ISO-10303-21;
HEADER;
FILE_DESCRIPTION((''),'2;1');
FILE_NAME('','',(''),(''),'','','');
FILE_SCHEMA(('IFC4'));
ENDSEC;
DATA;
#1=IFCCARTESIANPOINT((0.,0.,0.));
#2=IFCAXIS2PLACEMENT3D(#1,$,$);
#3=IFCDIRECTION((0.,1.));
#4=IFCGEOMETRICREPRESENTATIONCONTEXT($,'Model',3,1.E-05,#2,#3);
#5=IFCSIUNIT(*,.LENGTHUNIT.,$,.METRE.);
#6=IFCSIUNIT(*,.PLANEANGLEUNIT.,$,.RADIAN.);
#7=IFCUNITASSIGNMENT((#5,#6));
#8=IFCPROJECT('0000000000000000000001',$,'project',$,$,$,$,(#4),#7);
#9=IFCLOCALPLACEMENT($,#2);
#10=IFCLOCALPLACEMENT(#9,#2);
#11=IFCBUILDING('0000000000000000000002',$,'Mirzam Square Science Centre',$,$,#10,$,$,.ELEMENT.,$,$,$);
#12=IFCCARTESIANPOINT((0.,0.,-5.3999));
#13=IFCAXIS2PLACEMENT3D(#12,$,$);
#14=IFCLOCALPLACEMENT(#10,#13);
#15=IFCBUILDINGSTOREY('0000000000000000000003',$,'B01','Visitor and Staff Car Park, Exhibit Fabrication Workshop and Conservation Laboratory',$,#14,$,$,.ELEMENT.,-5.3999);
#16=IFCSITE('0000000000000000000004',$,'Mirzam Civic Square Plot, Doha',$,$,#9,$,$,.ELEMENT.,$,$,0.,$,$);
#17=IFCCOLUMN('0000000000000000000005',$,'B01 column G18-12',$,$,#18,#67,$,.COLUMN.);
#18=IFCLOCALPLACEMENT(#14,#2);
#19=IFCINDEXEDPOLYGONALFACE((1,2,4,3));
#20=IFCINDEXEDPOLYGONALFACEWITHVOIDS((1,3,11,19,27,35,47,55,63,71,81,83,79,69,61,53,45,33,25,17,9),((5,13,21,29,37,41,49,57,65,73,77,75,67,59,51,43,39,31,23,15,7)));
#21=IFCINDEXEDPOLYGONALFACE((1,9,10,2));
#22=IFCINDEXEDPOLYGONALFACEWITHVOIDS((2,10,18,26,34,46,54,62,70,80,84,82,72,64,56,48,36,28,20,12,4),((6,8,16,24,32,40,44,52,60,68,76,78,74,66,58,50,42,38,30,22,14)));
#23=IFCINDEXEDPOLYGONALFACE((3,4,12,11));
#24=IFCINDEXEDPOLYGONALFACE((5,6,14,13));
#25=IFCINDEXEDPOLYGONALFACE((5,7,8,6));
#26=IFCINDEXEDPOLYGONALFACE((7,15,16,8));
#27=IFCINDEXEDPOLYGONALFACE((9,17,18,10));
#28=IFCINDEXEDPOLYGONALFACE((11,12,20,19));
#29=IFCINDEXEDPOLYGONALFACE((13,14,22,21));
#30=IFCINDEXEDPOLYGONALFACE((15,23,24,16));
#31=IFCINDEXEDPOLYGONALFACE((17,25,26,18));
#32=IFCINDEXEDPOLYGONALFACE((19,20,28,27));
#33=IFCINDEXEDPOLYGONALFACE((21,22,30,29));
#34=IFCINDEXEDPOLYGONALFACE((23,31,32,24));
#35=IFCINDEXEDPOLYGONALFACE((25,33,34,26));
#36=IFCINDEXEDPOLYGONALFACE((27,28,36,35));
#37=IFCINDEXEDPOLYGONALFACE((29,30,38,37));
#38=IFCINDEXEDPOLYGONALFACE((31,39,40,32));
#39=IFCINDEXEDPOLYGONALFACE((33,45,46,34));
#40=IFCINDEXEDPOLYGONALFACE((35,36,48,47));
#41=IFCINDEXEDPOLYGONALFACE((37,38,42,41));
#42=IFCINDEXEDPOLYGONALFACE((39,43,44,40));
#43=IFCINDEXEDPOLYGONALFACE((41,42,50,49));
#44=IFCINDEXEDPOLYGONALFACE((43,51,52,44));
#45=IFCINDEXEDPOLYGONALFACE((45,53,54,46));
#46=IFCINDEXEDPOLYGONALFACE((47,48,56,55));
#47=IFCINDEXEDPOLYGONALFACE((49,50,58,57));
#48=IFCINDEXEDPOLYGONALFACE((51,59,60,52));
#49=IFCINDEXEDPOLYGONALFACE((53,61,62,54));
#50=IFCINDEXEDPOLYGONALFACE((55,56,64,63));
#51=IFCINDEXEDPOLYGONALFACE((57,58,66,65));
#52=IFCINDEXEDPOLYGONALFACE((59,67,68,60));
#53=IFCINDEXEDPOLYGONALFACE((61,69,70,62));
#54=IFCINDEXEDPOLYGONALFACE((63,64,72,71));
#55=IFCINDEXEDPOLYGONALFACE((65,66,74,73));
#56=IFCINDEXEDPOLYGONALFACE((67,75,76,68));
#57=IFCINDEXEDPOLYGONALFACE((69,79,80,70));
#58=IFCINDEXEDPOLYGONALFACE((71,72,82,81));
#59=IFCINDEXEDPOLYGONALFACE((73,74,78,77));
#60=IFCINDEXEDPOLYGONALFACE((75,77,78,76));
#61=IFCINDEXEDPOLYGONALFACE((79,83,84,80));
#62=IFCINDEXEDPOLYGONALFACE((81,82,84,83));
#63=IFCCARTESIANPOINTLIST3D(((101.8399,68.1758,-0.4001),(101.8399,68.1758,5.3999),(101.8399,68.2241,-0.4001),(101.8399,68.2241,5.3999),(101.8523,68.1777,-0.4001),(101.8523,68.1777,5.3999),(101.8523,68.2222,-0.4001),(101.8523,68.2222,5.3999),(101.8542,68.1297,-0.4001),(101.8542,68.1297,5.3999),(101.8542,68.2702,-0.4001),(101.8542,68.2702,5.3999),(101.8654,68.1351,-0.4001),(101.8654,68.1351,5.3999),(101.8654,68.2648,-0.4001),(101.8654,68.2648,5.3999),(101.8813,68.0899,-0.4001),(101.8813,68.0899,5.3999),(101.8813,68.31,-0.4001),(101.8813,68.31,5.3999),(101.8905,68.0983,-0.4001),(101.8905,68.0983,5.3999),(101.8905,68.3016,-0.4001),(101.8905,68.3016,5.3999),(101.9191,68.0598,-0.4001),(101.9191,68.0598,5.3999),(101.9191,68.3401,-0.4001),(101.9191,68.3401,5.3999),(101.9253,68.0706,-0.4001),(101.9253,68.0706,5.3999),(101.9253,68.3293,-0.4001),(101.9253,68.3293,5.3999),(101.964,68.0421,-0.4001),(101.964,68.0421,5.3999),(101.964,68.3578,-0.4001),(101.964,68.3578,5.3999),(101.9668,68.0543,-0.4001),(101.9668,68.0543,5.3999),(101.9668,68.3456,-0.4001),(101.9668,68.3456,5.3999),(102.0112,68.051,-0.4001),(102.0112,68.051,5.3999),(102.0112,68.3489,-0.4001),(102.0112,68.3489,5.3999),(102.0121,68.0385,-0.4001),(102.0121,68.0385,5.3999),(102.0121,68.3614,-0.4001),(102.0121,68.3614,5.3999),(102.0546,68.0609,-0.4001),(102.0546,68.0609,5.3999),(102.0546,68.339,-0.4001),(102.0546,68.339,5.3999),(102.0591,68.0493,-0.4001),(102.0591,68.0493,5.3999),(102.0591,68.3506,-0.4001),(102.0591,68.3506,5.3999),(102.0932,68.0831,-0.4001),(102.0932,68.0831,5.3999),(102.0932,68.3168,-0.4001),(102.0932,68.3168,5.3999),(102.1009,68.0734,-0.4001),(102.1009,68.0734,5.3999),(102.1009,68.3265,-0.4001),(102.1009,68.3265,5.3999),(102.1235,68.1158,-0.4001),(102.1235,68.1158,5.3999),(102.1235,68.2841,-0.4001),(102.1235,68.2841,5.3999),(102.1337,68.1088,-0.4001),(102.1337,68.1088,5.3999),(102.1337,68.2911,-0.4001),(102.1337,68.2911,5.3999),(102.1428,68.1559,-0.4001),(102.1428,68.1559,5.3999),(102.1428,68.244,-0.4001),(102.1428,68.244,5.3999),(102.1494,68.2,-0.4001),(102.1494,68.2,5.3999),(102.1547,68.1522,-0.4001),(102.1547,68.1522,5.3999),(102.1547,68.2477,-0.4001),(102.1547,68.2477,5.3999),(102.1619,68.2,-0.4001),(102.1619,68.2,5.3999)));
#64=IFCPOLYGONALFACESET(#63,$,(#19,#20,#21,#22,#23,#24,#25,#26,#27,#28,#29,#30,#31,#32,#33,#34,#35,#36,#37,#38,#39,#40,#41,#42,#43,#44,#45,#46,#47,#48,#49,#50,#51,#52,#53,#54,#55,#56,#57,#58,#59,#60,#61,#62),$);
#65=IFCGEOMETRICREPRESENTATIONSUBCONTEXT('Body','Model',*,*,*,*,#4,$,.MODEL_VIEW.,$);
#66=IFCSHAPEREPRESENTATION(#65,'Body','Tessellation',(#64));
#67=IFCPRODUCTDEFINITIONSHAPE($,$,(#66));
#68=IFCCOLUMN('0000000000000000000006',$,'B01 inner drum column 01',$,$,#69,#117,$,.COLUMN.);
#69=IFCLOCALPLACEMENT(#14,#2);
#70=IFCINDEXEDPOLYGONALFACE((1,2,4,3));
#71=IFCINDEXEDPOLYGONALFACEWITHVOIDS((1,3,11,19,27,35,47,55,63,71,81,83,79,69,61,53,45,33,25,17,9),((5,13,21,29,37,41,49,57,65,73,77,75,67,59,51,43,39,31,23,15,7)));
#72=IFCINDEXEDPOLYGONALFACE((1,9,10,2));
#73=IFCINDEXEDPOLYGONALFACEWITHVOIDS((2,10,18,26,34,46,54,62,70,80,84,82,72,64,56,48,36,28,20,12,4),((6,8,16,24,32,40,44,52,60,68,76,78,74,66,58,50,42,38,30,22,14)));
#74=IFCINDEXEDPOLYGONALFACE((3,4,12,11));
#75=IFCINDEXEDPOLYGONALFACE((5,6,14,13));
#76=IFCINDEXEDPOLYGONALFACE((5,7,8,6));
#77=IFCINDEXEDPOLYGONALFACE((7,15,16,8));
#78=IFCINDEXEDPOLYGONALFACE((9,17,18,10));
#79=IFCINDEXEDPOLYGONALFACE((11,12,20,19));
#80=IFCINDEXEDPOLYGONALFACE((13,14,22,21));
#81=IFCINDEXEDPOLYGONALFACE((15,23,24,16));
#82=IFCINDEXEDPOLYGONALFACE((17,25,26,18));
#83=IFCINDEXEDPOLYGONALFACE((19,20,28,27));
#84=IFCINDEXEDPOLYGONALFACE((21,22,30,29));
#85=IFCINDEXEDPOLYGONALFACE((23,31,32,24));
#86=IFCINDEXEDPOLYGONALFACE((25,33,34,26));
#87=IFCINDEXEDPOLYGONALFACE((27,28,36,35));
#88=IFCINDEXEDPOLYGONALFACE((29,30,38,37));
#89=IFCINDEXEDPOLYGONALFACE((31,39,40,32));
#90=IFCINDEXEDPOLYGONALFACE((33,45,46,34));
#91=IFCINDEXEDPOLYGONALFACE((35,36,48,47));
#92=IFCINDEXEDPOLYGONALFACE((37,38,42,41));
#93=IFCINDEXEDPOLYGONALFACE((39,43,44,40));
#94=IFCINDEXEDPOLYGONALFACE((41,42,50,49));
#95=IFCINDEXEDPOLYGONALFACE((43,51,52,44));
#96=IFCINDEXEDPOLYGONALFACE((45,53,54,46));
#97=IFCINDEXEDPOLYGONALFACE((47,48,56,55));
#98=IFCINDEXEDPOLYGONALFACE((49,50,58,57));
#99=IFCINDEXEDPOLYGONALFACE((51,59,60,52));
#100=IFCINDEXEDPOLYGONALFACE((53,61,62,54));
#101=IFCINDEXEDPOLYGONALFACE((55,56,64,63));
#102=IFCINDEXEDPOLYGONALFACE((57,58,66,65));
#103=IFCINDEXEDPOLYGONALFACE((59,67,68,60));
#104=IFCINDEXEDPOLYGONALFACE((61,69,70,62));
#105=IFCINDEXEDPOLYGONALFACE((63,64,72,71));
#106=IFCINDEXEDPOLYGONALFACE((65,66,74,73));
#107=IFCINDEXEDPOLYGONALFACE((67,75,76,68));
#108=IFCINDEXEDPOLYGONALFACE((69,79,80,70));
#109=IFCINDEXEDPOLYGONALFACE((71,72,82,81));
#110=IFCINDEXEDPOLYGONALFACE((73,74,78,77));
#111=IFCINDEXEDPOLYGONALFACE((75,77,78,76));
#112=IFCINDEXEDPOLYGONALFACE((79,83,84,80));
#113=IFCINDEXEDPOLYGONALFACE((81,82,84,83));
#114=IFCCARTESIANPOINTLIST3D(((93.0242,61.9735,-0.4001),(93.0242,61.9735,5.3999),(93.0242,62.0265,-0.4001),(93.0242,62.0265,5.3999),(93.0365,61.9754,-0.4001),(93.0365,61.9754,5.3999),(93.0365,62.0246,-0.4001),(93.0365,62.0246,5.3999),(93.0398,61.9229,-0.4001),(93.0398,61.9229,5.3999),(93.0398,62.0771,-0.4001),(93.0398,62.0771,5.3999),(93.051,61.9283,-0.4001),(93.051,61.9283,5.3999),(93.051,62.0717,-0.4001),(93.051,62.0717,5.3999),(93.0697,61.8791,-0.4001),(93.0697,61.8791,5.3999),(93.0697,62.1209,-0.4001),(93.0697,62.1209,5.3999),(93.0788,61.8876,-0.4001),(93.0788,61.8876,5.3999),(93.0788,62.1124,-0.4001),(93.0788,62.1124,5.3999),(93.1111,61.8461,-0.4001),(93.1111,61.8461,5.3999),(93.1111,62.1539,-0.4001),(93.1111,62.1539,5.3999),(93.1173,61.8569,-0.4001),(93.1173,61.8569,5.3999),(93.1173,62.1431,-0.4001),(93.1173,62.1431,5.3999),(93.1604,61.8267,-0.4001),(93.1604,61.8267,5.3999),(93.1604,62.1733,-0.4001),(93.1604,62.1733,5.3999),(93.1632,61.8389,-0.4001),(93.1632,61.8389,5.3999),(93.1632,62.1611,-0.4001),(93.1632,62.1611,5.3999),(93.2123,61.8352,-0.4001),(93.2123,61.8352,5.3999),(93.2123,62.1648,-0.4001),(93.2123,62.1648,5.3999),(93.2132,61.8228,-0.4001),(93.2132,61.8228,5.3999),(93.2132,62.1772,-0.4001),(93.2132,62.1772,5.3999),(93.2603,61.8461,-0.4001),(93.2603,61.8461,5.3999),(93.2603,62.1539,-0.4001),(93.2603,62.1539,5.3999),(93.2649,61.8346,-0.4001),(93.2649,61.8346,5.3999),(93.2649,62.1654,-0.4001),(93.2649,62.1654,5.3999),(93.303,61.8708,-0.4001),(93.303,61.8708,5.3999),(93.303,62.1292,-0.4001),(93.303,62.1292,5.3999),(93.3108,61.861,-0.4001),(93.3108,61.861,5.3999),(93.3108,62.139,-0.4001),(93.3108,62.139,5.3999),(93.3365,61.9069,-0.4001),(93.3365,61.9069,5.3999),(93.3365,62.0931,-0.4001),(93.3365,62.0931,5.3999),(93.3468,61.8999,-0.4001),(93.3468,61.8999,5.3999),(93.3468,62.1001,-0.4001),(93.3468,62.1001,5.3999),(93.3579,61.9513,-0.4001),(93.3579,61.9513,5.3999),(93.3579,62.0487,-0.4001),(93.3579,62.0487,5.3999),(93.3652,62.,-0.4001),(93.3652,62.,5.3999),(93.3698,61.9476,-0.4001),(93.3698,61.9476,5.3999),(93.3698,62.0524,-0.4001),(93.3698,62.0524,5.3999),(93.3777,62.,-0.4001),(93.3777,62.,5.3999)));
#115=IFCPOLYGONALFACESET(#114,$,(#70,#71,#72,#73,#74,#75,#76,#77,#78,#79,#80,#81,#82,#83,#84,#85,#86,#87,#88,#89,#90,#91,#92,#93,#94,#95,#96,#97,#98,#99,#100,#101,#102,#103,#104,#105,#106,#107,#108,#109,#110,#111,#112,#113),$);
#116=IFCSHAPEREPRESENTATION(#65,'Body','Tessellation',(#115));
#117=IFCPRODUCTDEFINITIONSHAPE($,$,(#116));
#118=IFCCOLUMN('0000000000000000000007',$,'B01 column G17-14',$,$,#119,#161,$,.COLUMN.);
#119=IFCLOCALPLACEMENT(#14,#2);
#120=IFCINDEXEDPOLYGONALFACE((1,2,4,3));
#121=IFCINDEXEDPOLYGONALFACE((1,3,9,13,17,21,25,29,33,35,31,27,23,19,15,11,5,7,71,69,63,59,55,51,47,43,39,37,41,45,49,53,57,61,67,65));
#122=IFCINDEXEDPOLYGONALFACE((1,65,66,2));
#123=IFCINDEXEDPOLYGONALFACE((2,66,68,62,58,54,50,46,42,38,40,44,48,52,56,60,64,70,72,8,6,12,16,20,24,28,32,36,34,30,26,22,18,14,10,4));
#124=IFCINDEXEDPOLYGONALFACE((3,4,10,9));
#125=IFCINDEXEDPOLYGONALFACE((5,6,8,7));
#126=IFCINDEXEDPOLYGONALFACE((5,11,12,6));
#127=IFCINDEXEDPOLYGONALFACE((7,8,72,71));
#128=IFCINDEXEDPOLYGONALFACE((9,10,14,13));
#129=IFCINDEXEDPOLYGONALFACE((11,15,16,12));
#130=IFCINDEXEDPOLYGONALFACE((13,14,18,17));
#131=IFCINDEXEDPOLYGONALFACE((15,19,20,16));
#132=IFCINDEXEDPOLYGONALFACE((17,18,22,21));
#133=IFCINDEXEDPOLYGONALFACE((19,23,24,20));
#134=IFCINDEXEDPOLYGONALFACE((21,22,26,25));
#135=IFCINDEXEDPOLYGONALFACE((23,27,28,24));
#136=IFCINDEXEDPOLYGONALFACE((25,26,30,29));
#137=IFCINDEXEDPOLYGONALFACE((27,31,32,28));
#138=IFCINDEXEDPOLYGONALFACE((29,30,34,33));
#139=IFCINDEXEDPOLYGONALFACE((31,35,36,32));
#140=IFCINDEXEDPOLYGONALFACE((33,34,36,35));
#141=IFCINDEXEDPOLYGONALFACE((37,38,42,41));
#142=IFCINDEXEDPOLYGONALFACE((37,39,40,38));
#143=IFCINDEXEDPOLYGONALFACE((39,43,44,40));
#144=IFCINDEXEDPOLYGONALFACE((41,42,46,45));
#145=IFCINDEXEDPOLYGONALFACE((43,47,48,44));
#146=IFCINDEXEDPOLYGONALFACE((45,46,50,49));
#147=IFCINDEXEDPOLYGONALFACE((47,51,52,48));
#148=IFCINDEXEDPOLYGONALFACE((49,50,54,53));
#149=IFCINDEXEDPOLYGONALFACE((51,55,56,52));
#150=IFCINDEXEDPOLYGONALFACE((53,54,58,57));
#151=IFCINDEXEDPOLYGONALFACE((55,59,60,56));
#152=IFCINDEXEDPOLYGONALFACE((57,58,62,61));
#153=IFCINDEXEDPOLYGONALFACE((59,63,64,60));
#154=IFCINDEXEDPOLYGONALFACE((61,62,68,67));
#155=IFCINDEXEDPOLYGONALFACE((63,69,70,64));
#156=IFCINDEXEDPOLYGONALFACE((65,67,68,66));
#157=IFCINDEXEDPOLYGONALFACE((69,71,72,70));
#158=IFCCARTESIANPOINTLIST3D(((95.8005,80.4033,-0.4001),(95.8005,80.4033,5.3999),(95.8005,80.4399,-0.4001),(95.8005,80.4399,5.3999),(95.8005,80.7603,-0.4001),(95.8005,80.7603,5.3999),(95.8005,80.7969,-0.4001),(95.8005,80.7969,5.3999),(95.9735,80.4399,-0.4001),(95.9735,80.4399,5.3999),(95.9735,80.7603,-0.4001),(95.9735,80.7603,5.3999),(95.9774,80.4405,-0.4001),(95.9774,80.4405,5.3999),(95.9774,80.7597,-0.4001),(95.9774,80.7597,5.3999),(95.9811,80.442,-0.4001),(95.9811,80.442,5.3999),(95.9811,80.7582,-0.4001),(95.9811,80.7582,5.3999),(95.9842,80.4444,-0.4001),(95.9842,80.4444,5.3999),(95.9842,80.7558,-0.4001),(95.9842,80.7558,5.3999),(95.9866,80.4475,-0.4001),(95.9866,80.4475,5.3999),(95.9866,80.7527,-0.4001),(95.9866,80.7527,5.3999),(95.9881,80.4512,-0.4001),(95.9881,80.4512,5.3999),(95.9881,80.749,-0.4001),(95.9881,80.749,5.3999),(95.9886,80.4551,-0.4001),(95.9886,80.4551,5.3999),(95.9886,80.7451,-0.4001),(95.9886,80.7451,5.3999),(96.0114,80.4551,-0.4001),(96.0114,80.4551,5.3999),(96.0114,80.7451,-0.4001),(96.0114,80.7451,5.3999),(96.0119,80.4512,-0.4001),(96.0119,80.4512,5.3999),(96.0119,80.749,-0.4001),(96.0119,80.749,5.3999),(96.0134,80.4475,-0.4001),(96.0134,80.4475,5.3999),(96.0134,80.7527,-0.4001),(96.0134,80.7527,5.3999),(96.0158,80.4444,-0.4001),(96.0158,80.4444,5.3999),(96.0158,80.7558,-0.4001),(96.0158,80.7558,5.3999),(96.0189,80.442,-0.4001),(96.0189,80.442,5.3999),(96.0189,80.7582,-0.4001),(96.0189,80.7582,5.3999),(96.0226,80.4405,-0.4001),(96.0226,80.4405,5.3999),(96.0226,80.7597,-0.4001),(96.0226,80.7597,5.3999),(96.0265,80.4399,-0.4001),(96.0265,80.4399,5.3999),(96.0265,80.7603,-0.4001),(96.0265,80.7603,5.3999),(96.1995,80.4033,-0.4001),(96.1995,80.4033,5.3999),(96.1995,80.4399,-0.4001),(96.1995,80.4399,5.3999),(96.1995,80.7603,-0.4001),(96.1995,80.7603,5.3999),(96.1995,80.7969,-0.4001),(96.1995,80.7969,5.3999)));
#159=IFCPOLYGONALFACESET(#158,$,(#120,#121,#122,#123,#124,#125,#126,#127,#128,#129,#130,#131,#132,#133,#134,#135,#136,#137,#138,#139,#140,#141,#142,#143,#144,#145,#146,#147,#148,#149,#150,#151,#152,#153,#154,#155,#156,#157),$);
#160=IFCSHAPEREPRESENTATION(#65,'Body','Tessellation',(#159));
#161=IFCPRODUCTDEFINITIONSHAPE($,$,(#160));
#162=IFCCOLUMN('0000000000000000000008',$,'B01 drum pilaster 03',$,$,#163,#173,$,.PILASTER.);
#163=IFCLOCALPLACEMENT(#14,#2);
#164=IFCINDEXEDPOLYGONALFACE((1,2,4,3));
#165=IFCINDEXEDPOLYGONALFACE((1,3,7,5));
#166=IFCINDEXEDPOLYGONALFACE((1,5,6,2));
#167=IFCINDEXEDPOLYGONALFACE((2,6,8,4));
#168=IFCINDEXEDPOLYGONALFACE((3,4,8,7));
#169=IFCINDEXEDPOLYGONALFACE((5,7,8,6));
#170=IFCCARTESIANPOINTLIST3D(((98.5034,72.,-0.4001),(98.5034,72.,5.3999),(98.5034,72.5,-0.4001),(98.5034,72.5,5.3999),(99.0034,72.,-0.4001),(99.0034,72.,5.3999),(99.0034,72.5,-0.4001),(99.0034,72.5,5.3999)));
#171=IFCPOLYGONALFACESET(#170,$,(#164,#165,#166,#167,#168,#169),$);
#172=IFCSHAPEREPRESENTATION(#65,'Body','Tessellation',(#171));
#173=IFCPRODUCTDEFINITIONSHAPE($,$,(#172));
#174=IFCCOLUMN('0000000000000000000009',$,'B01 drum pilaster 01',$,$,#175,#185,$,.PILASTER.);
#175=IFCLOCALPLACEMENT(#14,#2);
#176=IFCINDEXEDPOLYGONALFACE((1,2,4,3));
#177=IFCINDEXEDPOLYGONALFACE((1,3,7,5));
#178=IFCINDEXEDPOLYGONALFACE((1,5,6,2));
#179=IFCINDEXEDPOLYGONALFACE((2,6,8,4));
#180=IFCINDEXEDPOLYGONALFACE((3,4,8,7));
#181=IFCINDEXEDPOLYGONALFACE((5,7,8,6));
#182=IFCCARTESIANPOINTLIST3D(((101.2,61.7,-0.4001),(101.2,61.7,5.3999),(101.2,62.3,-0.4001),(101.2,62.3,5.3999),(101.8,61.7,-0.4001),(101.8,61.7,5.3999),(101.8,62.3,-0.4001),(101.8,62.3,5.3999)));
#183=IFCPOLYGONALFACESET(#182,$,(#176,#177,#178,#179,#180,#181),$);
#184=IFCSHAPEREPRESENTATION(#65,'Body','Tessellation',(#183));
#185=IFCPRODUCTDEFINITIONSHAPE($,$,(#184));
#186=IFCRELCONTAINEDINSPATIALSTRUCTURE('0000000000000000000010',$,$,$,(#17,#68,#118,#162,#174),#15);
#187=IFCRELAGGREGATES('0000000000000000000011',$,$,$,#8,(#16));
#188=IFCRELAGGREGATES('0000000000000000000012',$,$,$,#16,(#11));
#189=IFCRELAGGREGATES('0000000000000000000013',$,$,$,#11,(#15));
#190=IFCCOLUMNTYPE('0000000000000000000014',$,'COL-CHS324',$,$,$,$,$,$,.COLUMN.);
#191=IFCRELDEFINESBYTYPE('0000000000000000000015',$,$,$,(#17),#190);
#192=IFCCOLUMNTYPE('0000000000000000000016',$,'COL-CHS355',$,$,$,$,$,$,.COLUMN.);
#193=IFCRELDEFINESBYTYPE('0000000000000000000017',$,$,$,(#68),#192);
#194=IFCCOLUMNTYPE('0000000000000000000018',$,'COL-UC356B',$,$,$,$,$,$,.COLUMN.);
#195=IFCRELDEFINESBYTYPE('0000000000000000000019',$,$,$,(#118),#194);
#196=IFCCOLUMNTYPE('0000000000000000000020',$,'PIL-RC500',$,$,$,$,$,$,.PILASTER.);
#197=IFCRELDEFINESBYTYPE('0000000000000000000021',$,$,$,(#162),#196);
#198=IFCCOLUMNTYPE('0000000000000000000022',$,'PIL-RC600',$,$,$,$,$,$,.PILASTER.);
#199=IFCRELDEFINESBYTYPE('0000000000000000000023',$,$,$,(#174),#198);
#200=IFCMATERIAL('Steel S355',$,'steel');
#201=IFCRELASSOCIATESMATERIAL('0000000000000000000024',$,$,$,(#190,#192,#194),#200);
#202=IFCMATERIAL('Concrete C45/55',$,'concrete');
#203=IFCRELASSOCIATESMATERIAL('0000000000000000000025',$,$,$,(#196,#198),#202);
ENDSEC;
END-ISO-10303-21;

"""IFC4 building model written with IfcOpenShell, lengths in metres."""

from ifc_helpers import new_model, si_unit, direction, frame, origin, origin_2d, place, context, subcontext, project, spatial, rectangle, hollow_circle, i_section, extrude, material, material_profile, profile_set, type_object, element, save


model = new_model("IFC4")

# Units and contexts
model_context = context("Model", 3, precision=1e-05, world=origin(), true_north=direction((0.0, 1.0)))
body_context = subcontext(model_context, "Body", "Model", "MODEL_VIEW")
ifc_project = project(units=[si_unit("LENGTHUNIT", "METRE"), si_unit("PLANEANGLEUNIT", "RADIAN")], contexts=[model_context])

# Site, building, storey
site_placement = place(None, origin())
site = spatial("IfcSite", under=ifc_project, at=site_placement, Name="Mirzam Civic Square Plot, Doha", CompositionType="ELEMENT", RefElevation=0.0)
building_placement = place(site_placement, origin())
building = spatial("IfcBuilding", under=site, at=building_placement, Name="Mirzam Square Science Centre", CompositionType="ELEMENT")
storey_placement = place(building_placement, frame((0.0, 0.0, -5.3999)))
storey = spatial("IfcBuildingStorey", under=building, at=storey_placement, Name="B01", Description="Visitor and Staff Car Park, Exhibit Fabrication Workshop and Conservation Laboratory", CompositionType="ELEMENT", Elevation=-5.3999)

# Shared definitions
ifc_material_1 = material(Name="Concrete C45/55", Category="concrete")

# Columns
ifc_material_2 = material(Name="Steel S355", Category="steel")
ifc_material_profile_1 = material_profile(ifc_material_2, hollow_circle(Radius=0.1619, WallThickness=0.0125, at=origin_2d()), Name="323.9x12.5CHS")
ifc_profile_set_1 = profile_set([ifc_material_profile_1], Name="Steel S355")
column_type_1 = type_object("IfcColumnType", Name="COL-CHS324", PredefinedType="COLUMN", material=ifc_profile_set_1)
column_1_placement = place(storey_placement, frame((102.0, 68.2, -0.4001), z_axis=(0.0, 0.0, 1.0), x_axis=(1.0, 0.0, 0.0)))
element("IfcColumn", 1, at=column_1_placement, inside=storey, type_object=column_type_1, Name="B01 column G18-12", PredefinedType="COLUMN", context=body_context, shape_type="SweptSolid", body=[
    extrude(hollow_circle(Radius=0.1619, WallThickness=0.0125, at=origin_2d()), origin(), (0.0, 0.0, 1.0), 5.8),
])
ifc_material_profile_2 = material_profile(ifc_material_2, hollow_circle(Radius=0.1777, WallThickness=0.0125, at=origin_2d()), Name="355.6x12.5CHS")
ifc_profile_set_2 = profile_set([ifc_material_profile_2], Name="Steel S355")
column_type_2 = type_object("IfcColumnType", Name="COL-CHS355", PredefinedType="COLUMN", material=ifc_profile_set_2)
column_2_placement = place(storey_placement, frame((93.2, 62.0, -0.4001), z_axis=(0.0, 0.0, 1.0), x_axis=(1.0, 0.0, 0.0)))
element("IfcColumn", 2, at=column_2_placement, inside=storey, type_object=column_type_2, Name="B01 inner drum column 01", PredefinedType="COLUMN", context=body_context, shape_type="SweptSolid", body=[
    extrude(hollow_circle(Radius=0.1777, WallThickness=0.0125, at=origin_2d()), origin(), (0.0, 0.0, 1.0), 5.8),
])
ifc_material_profile_3 = material_profile(ifc_material_2, i_section(OverallWidth=0.3989, OverallDepth=0.3936, WebThickness=0.0227, FlangeThickness=0.0366, FilletRadius=0.0151, at=origin_2d()), Name="356x406x287UC")
ifc_profile_set_3 = profile_set([ifc_material_profile_3], Name="Steel S355")
column_type_3 = type_object("IfcColumnType", Name="COL-UC356B", PredefinedType="COLUMN", material=ifc_profile_set_3)
column_3_placement = place(storey_placement, frame((96.0, 80.6001, -0.4001), z_axis=(0.0, 0.0, 1.0), x_axis=(1.0, 0.0, 0.0)))
element("IfcColumn", 3, at=column_3_placement, inside=storey, type_object=column_type_3, Name="B01 column G17-14", PredefinedType="COLUMN", context=body_context, shape_type="SweptSolid", body=[
    extrude(i_section(OverallWidth=0.3989, OverallDepth=0.3936, WebThickness=0.0227, FlangeThickness=0.0366, FilletRadius=0.0151, at=origin_2d()), origin(), (0.0, 0.0, 1.0), 5.8),
])
ifc_material_profile_4 = material_profile(ifc_material_1, rectangle(XDim=0.5, YDim=0.5, at=origin_2d()), Name="RC500x500")
ifc_profile_set_4 = profile_set([ifc_material_profile_4], Name="Concrete C45/55")
column_type_4 = type_object("IfcColumnType", Name="PIL-RC500", PredefinedType="PILASTER", material=ifc_profile_set_4)
column_4_placement = place(storey_placement, frame((98.7534, 72.25, -0.4001), z_axis=(0.0, 0.0, 1.0), x_axis=(1.0, 0.0, 0.0)))
element("IfcColumn", 4, at=column_4_placement, inside=storey, type_object=column_type_4, Name="B01 drum pilaster 03", PredefinedType="PILASTER", context=body_context, shape_type="SweptSolid", body=[
    extrude(rectangle(XDim=0.5, YDim=0.5, at=origin_2d()), origin(), (0.0, 0.0, 1.0), 5.8),
])
ifc_material_profile_5 = material_profile(ifc_material_1, rectangle(XDim=0.6001, YDim=0.6001, at=origin_2d()), Name="RC600x600")
ifc_profile_set_5 = profile_set([ifc_material_profile_5], Name="Concrete C45/55")
column_type_5 = type_object("IfcColumnType", Name="PIL-RC600", PredefinedType="PILASTER", material=ifc_profile_set_5)
column_5_placement = place(storey_placement, frame((101.5, 62.0, -0.4001), z_axis=(0.0, 0.0, 1.0), x_axis=(1.0, 0.0, 0.0)))
element("IfcColumn", 5, at=column_5_placement, inside=storey, type_object=column_type_5, Name="B01 drum pilaster 01", PredefinedType="PILASTER", context=body_context, shape_type="SweptSolid", body=[
    extrude(rectangle(XDim=0.6001, YDim=0.6001, at=origin_2d()), origin(), (0.0, 0.0, 1.0), 5.8),
])

save(model, "model.ifc")
